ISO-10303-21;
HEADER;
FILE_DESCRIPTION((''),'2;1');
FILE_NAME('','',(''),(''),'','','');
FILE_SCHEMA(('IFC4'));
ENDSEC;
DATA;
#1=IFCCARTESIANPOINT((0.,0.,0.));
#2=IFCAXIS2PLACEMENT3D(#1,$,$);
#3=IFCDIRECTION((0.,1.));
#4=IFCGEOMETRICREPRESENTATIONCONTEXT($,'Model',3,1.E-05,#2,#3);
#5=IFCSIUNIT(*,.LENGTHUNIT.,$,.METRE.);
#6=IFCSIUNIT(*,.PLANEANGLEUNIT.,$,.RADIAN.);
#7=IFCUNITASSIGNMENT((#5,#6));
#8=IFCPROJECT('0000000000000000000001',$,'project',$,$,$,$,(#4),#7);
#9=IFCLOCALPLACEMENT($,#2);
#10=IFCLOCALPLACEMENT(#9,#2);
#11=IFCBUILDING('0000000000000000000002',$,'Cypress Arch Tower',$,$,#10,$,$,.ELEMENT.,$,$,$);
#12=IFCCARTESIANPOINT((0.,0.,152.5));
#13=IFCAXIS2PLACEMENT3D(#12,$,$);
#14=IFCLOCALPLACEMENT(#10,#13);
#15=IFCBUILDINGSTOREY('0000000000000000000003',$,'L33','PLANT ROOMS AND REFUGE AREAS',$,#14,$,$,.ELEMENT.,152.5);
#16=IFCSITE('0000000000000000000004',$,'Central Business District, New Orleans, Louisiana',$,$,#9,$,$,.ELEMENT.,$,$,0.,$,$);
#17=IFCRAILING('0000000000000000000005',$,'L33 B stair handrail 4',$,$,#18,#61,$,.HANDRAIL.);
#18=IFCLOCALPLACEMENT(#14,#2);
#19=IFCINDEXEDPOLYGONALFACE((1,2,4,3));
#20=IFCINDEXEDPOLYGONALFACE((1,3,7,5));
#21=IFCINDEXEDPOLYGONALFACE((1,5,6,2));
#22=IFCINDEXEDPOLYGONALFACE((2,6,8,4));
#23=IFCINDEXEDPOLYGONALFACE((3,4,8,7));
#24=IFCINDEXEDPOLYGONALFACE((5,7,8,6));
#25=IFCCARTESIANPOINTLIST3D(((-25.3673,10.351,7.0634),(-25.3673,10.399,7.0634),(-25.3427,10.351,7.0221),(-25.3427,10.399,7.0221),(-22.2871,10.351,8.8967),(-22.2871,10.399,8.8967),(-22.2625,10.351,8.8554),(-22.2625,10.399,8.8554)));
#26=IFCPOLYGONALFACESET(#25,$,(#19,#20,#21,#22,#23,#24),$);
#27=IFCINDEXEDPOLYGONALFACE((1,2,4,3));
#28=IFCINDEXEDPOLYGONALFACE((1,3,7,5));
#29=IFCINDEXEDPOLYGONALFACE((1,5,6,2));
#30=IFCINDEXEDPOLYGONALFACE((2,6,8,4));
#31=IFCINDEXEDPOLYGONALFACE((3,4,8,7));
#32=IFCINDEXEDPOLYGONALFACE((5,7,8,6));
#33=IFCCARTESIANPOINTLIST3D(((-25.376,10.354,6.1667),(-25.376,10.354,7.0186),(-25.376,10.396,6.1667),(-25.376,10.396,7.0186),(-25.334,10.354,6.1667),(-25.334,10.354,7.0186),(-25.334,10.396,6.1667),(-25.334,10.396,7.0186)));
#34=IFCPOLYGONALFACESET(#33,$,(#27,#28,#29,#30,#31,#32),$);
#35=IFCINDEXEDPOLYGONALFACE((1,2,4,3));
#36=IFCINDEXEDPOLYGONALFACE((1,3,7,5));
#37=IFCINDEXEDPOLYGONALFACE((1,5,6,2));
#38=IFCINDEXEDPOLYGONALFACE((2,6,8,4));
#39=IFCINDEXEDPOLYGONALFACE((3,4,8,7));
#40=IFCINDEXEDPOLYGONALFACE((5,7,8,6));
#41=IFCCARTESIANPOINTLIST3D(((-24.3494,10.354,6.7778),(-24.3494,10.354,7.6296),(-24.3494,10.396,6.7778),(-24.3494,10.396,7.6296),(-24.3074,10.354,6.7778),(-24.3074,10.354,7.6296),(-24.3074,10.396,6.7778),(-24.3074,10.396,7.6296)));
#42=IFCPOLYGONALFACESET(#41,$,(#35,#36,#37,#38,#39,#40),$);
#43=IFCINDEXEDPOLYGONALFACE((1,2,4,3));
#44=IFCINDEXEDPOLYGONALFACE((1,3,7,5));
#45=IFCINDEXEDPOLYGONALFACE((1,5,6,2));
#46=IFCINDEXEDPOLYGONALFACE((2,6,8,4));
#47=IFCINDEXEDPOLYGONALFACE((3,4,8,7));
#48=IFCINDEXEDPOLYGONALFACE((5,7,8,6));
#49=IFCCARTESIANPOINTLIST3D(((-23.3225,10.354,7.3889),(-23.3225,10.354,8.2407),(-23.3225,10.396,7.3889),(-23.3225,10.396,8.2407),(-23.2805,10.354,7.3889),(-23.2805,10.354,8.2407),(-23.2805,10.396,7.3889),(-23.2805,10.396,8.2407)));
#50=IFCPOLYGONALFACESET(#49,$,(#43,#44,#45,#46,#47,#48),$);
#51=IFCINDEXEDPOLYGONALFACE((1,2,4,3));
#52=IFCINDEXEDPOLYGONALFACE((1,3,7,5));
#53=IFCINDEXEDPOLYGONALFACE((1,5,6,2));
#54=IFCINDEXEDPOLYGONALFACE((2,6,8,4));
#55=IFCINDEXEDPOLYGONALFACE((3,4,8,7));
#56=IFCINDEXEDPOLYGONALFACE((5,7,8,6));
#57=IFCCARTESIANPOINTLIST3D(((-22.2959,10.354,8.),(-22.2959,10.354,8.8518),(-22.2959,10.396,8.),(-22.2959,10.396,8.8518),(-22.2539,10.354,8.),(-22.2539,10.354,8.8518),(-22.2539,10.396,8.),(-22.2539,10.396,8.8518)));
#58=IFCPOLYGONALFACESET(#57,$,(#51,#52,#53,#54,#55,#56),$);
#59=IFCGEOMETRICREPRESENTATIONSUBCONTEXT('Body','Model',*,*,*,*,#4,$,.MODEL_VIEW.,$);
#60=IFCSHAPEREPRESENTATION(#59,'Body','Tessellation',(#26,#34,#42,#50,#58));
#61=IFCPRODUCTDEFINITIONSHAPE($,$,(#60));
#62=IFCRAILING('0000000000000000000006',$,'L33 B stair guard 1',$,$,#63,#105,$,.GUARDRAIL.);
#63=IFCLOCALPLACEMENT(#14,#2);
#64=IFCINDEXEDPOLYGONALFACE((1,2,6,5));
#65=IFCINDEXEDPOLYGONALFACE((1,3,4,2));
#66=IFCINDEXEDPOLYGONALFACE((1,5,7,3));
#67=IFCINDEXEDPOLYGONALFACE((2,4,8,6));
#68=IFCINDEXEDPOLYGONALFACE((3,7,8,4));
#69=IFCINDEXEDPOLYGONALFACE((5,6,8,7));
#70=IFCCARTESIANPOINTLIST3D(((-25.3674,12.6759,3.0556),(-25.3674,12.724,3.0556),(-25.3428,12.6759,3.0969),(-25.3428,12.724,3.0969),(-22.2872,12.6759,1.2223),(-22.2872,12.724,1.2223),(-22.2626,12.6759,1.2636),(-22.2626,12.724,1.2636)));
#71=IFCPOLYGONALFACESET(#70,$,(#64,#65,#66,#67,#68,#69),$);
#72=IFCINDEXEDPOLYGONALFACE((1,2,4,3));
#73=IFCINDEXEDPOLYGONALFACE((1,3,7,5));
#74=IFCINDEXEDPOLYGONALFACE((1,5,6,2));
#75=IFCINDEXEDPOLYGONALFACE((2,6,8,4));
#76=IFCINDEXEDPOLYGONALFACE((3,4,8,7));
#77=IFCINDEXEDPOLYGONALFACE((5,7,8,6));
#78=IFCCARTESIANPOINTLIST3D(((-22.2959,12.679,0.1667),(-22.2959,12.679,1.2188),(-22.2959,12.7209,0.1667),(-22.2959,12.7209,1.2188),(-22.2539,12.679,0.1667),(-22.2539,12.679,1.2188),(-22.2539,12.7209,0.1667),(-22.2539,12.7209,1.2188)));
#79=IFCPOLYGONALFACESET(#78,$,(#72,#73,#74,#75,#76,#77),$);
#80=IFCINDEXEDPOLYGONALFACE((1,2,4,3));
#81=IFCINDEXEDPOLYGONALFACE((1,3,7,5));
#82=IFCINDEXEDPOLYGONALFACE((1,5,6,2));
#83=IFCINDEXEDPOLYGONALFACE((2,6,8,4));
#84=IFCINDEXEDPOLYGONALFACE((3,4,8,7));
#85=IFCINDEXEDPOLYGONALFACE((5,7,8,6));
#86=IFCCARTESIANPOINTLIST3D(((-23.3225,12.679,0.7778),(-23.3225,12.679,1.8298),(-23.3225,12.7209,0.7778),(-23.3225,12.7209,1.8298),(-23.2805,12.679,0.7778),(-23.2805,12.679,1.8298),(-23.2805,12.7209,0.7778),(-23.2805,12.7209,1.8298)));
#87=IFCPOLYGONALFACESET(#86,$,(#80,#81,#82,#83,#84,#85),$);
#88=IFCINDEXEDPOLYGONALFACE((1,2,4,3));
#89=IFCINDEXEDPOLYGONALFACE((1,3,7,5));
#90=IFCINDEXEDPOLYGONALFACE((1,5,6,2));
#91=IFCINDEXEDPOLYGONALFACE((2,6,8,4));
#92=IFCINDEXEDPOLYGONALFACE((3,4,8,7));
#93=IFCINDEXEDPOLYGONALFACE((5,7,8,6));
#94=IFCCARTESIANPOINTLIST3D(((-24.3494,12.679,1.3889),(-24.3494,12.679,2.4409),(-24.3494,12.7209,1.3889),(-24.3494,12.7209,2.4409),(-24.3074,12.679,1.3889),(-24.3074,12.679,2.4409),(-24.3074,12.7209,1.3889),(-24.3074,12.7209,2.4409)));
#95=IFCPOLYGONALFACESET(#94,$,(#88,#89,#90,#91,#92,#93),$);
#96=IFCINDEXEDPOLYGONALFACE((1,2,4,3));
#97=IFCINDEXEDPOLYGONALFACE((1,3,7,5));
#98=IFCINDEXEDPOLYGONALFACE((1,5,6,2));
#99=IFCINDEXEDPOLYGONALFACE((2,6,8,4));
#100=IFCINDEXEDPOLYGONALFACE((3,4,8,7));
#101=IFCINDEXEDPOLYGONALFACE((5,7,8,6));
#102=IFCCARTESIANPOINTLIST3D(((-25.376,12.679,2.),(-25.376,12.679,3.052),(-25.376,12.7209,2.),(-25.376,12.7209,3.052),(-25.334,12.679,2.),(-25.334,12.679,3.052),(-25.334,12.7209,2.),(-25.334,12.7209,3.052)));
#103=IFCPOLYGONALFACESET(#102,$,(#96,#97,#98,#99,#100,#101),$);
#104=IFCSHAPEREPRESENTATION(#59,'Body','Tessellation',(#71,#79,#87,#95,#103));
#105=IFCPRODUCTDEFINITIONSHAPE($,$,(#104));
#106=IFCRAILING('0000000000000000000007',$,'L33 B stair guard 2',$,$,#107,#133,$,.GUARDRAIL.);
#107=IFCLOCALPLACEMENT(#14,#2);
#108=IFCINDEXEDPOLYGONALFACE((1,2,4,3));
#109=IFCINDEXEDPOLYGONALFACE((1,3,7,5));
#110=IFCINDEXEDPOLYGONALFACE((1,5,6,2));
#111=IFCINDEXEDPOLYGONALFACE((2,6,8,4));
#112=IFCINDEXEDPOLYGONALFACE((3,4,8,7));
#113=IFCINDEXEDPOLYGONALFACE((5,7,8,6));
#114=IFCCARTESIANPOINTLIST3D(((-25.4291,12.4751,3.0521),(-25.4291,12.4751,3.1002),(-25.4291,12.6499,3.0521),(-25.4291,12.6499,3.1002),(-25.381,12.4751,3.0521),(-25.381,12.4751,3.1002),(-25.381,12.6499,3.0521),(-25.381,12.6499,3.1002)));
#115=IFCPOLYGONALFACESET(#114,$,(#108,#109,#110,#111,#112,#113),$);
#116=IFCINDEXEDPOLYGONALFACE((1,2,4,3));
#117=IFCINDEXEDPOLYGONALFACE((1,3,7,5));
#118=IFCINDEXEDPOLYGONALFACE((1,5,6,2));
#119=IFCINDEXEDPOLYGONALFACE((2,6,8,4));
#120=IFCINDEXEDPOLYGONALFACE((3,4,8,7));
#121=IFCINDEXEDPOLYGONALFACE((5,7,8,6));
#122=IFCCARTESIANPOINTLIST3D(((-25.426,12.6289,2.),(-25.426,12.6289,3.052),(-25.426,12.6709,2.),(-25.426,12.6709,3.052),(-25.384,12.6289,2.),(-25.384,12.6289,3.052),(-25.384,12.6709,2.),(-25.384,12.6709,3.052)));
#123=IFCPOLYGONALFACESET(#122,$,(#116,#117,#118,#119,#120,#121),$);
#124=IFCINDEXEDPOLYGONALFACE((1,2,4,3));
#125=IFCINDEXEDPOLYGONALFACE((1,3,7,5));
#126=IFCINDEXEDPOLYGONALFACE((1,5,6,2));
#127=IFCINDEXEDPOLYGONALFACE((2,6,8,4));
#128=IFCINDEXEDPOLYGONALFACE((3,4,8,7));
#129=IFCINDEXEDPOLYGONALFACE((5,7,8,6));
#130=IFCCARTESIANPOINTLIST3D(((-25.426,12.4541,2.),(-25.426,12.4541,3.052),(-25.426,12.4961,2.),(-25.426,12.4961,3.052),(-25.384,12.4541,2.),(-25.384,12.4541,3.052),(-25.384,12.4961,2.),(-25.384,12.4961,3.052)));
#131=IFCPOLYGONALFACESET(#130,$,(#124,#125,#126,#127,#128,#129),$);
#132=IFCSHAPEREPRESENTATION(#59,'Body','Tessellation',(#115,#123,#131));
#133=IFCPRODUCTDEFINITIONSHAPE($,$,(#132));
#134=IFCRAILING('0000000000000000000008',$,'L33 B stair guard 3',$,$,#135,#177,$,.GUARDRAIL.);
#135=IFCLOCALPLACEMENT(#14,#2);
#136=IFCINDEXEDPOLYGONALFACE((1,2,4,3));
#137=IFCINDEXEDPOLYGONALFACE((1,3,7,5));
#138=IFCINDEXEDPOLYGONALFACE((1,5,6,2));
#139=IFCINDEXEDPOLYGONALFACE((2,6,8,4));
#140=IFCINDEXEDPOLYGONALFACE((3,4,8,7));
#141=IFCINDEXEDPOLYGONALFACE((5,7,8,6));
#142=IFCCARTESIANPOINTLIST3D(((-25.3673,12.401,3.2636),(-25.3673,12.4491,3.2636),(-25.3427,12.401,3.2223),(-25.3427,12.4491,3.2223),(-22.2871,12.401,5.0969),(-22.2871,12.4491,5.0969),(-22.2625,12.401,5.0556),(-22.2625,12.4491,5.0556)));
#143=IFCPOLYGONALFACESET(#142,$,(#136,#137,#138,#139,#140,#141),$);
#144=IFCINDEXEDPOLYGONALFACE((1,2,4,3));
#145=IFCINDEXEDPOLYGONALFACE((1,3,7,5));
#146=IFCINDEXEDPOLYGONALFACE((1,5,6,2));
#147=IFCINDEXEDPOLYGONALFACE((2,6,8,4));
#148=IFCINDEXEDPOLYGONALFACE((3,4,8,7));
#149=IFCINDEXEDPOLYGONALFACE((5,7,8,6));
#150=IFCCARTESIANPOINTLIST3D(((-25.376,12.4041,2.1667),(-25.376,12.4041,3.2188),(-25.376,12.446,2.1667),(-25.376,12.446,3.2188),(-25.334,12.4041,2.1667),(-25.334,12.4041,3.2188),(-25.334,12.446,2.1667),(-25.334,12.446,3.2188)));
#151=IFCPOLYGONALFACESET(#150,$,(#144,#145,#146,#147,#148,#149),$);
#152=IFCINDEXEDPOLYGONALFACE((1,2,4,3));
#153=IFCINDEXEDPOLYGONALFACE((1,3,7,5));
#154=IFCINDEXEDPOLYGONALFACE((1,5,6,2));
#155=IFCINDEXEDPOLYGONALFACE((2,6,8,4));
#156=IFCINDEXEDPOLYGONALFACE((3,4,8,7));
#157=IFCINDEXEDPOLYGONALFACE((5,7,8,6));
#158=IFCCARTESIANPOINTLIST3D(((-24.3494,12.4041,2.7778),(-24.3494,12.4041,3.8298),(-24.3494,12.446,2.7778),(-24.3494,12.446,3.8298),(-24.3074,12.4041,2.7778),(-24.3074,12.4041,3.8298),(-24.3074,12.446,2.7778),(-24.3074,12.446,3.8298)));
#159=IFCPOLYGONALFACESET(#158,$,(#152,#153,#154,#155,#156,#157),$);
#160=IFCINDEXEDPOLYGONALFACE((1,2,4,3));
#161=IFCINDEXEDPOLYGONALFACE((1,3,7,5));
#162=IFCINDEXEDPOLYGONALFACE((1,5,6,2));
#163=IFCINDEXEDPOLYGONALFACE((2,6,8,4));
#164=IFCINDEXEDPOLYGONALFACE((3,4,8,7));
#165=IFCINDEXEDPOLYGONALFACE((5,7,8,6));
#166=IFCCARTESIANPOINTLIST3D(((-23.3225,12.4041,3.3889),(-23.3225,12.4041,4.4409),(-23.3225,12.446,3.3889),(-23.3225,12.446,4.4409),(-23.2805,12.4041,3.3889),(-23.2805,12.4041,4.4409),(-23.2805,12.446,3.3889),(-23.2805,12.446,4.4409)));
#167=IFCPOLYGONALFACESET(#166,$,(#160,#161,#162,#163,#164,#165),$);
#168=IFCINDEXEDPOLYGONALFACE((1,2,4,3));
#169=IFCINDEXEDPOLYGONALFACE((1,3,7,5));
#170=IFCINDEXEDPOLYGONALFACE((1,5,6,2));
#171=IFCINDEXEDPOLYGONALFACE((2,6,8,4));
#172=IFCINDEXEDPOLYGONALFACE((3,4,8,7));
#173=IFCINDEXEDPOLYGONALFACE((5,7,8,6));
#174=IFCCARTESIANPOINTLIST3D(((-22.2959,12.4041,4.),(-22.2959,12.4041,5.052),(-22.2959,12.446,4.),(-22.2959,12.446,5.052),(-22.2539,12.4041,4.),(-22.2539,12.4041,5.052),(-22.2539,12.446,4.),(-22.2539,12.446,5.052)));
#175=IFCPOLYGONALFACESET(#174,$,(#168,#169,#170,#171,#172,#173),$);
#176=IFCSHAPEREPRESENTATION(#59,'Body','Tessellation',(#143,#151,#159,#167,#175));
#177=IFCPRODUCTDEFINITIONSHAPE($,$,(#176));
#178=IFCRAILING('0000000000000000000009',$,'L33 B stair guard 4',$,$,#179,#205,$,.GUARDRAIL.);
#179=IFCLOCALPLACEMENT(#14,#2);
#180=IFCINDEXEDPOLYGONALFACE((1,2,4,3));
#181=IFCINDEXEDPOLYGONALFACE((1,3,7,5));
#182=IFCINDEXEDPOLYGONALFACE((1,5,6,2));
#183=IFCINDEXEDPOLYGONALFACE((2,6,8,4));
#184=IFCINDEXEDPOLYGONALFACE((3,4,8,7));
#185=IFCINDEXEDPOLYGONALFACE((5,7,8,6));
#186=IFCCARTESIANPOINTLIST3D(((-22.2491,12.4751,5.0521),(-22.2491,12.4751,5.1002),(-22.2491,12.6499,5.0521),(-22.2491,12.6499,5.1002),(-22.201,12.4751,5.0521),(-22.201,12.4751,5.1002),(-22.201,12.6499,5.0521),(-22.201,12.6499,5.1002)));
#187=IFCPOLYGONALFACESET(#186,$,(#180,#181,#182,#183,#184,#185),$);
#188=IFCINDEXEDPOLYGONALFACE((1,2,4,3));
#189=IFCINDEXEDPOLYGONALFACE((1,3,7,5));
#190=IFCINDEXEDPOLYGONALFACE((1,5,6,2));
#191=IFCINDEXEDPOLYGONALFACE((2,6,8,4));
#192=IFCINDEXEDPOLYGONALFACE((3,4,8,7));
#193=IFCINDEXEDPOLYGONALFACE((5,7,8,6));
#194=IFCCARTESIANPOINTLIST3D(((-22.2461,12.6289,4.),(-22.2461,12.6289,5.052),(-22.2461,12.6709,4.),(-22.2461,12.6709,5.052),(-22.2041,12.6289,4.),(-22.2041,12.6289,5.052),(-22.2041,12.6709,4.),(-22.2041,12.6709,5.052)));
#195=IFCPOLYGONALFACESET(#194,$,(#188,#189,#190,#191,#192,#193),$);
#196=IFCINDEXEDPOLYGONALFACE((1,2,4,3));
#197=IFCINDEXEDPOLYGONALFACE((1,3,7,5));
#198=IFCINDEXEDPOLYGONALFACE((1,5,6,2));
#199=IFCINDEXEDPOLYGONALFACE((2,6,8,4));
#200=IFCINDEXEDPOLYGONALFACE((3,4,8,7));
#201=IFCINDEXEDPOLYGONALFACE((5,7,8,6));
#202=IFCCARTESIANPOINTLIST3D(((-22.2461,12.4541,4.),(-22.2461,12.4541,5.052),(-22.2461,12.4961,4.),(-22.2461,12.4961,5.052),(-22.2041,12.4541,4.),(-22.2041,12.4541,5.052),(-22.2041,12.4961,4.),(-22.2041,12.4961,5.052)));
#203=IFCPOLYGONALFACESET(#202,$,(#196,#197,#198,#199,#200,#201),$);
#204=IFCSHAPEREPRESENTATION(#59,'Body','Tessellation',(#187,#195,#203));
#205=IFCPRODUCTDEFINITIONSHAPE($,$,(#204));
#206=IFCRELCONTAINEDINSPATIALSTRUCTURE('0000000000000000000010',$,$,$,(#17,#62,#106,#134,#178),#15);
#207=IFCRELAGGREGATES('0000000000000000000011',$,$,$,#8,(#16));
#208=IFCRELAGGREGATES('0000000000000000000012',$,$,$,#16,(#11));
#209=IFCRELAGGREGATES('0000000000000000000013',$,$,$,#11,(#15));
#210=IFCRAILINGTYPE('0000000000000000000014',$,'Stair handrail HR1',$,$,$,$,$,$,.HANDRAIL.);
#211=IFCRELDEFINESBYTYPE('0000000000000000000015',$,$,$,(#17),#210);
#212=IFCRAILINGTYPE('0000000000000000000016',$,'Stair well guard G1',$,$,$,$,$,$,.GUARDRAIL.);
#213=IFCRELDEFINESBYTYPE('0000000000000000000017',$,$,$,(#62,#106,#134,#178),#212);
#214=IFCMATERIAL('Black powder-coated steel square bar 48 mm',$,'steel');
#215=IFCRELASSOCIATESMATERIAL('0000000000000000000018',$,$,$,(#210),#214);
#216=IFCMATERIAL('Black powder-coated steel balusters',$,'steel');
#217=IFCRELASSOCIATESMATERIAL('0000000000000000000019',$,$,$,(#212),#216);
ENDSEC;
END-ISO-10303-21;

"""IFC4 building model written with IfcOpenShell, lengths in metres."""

from ifc_helpers import new_model, si_unit, direction, frame, origin, origin_2d, place, context, subcontext, project, spatial, rectangle, extrude, material, type_object, element, save


model = new_model("IFC4")

# Units and contexts
model_context = context("Model", 3, precision=1e-05, world=origin(), true_north=direction((0.0, 1.0)))
body_context = subcontext(model_context, "Body", "Model", "MODEL_VIEW")
ifc_project = project(units=[si_unit("LENGTHUNIT", "METRE"), si_unit("PLANEANGLEUNIT", "RADIAN")], contexts=[model_context])

# Site, building, storey
site_placement = place(None, origin())
site = spatial("IfcSite", under=ifc_project, at=site_placement, Name="Central Business District, New Orleans, Louisiana", CompositionType="ELEMENT", RefElevation=0.0)
building_placement = place(site_placement, origin())
building = spatial("IfcBuilding", under=site, at=building_placement, Name="Cypress Arch Tower", CompositionType="ELEMENT")
storey_placement = place(building_placement, frame((0.0, 0.0, 152.5)))
storey = spatial("IfcBuildingStorey", under=building, at=storey_placement, Name="L33", Description="PLANT ROOMS AND REFUGE AREAS", CompositionType="ELEMENT", Elevation=152.5)

# Railings
ifc_material_1 = material(Name="Black powder-coated steel square bar 48 mm", Category="steel")
railing_type_1 = type_object("IfcRailingType", Name="Stair handrail HR1", PredefinedType="HANDRAIL", material=ifc_material_1)
railing_1_placement = place(storey_placement, frame((-25.355, 10.375, 6.1667)))
element("IfcRailing", 1, at=railing_1_placement, inside=storey, type_object=railing_type_1, Name="L33 B stair handrail 4", PredefinedType="HANDRAIL", context=body_context, shape_type="SweptSolid", body=[
    extrude(rectangle(XDim=0.0481, YDim=0.0481, at=origin_2d()), frame((0.0, 0.0, 0.876), z_axis=(0.859309, 0.0, 0.511458), x_axis=(0.0, 1.0, 0.0)), (0.0, 0.0, 1.0), 3.5845),
    extrude(rectangle(XDim=0.042, YDim=0.042, at=origin_2d()), origin(), (0.0, 0.0, 1.0), 0.8518),
    extrude(rectangle(XDim=0.042, YDim=0.042, at=origin_2d()), frame((1.0266, 0.0, 0.6111)), (0.0, 0.0, 1.0), 0.8518),
    extrude(rectangle(XDim=0.042, YDim=0.042, at=origin_2d()), frame((2.0535, 0.0, 1.2222)), (0.0, 0.0, 1.0), 0.8518),
    extrude(rectangle(XDim=0.042, YDim=0.042, at=origin_2d()), frame((3.0801, 0.0, 1.8333)), (0.0, 0.0, 1.0), 0.8518),
])
ifc_material_2 = material(Name="Black powder-coated steel balusters", Category="steel")
railing_type_2 = type_object("IfcRailingType", Name="Stair well guard G1", PredefinedType="GUARDRAIL", material=ifc_material_2)
railing_2_placement = place(storey_placement, frame((-22.2749, 12.7, 0.1667)))
element("IfcRailing", 2, at=railing_2_placement, inside=storey, type_object=railing_type_2, Name="L33 B stair guard 1", PredefinedType="GUARDRAIL", context=body_context, shape_type="SweptSolid", body=[
    extrude(rectangle(XDim=0.0481, YDim=0.0481, at=origin_2d()), frame((0.0, 0.0, 1.0762), z_axis=(-0.859309, 0.0, 0.511458), x_axis=(0.0, -1.0, 0.0)), (0.0, 0.0, 1.0), 3.5845),
    extrude(rectangle(XDim=0.042, YDim=0.042, at=origin_2d()), origin(), (0.0, 0.0, 1.0), 1.052),
    extrude(rectangle(XDim=0.042, YDim=0.042, at=origin_2d()), frame((-1.0266, 0.0, 0.6111)), (0.0, 0.0, 1.0), 1.052),
    extrude(rectangle(XDim=0.042, YDim=0.042, at=origin_2d()), frame((-2.0535, 0.0, 1.2222)), (0.0, 0.0, 1.0), 1.052),
    extrude(rectangle(XDim=0.042, YDim=0.042, at=origin_2d()), frame((-3.0801, 0.0, 1.8333)), (0.0, 0.0, 1.0), 1.052),
])
railing_3_placement = place(storey_placement, frame((-25.405, 12.6499, 2.0)))
element("IfcRailing", 3, at=railing_3_placement, inside=storey, type_object=railing_type_2, Name="L33 B stair guard 2", PredefinedType="GUARDRAIL", context=body_context, shape_type="SweptSolid", body=[
    extrude(rectangle(XDim=0.0481, YDim=0.0481, at=origin_2d()), frame((0.0, 0.0, 1.0762), z_axis=(0.0, -1.0, 0.0), x_axis=(1.0, 0.0, 0.0)), (0.0, 0.0, 1.0), 0.1748),
    extrude(rectangle(XDim=0.042, YDim=0.042, at=origin_2d()), origin(), (0.0, 0.0, 1.0), 1.052),
    extrude(rectangle(XDim=0.042, YDim=0.042, at=origin_2d()), frame((0.0, -0.1748, 0.0)), (0.0, 0.0, 1.0), 1.052),
])
railing_4_placement = place(storey_placement, frame((-25.355, 12.425, 2.1667)))
element("IfcRailing", 4, at=railing_4_placement, inside=storey, type_object=railing_type_2, Name="L33 B stair guard 3", PredefinedType="GUARDRAIL", context=body_context, shape_type="SweptSolid", body=[
    extrude(rectangle(XDim=0.0481, YDim=0.0481, at=origin_2d()), frame((0.0, 0.0, 1.0762), z_axis=(0.859309, 0.0, 0.511458), x_axis=(0.0, 1.0, 0.0)), (0.0, 0.0, 1.0), 3.5845),
    extrude(rectangle(XDim=0.042, YDim=0.042, at=origin_2d()), origin(), (0.0, 0.0, 1.0), 1.052),
    extrude(rectangle(XDim=0.042, YDim=0.042, at=origin_2d()), frame((1.0266, 0.0, 0.6111)), (0.0, 0.0, 1.0), 1.052),
    extrude(rectangle(XDim=0.042, YDim=0.042, at=origin_2d()), frame((2.0535, 0.0, 1.2222)), (0.0, 0.0, 1.0), 1.052),
    extrude(rectangle(XDim=0.042, YDim=0.042, at=origin_2d()), frame((3.0801, 0.0, 1.8333)), (0.0, 0.0, 1.0), 1.052),
])
railing_5_placement = place(storey_placement, frame((-22.2251, 12.6499, 4.0)))
element("IfcRailing", 5, at=railing_5_placement, inside=storey, type_object=railing_type_2, Name="L33 B stair guard 4", PredefinedType="GUARDRAIL", context=body_context, shape_type="SweptSolid", body=[
    extrude(rectangle(XDim=0.0481, YDim=0.0481, at=origin_2d()), frame((0.0, 0.0, 1.0762), z_axis=(0.0, -1.0, 0.0), x_axis=(1.0, 0.0, 0.0)), (0.0, 0.0, 1.0), 0.1748),
    extrude(rectangle(XDim=0.042, YDim=0.042, at=origin_2d()), origin(), (0.0, 0.0, 1.0), 1.052),
    extrude(rectangle(XDim=0.042, YDim=0.042, at=origin_2d()), frame((0.0, -0.1748, 0.0)), (0.0, 0.0, 1.0), 1.052),
])

save(model, "model.ifc")
